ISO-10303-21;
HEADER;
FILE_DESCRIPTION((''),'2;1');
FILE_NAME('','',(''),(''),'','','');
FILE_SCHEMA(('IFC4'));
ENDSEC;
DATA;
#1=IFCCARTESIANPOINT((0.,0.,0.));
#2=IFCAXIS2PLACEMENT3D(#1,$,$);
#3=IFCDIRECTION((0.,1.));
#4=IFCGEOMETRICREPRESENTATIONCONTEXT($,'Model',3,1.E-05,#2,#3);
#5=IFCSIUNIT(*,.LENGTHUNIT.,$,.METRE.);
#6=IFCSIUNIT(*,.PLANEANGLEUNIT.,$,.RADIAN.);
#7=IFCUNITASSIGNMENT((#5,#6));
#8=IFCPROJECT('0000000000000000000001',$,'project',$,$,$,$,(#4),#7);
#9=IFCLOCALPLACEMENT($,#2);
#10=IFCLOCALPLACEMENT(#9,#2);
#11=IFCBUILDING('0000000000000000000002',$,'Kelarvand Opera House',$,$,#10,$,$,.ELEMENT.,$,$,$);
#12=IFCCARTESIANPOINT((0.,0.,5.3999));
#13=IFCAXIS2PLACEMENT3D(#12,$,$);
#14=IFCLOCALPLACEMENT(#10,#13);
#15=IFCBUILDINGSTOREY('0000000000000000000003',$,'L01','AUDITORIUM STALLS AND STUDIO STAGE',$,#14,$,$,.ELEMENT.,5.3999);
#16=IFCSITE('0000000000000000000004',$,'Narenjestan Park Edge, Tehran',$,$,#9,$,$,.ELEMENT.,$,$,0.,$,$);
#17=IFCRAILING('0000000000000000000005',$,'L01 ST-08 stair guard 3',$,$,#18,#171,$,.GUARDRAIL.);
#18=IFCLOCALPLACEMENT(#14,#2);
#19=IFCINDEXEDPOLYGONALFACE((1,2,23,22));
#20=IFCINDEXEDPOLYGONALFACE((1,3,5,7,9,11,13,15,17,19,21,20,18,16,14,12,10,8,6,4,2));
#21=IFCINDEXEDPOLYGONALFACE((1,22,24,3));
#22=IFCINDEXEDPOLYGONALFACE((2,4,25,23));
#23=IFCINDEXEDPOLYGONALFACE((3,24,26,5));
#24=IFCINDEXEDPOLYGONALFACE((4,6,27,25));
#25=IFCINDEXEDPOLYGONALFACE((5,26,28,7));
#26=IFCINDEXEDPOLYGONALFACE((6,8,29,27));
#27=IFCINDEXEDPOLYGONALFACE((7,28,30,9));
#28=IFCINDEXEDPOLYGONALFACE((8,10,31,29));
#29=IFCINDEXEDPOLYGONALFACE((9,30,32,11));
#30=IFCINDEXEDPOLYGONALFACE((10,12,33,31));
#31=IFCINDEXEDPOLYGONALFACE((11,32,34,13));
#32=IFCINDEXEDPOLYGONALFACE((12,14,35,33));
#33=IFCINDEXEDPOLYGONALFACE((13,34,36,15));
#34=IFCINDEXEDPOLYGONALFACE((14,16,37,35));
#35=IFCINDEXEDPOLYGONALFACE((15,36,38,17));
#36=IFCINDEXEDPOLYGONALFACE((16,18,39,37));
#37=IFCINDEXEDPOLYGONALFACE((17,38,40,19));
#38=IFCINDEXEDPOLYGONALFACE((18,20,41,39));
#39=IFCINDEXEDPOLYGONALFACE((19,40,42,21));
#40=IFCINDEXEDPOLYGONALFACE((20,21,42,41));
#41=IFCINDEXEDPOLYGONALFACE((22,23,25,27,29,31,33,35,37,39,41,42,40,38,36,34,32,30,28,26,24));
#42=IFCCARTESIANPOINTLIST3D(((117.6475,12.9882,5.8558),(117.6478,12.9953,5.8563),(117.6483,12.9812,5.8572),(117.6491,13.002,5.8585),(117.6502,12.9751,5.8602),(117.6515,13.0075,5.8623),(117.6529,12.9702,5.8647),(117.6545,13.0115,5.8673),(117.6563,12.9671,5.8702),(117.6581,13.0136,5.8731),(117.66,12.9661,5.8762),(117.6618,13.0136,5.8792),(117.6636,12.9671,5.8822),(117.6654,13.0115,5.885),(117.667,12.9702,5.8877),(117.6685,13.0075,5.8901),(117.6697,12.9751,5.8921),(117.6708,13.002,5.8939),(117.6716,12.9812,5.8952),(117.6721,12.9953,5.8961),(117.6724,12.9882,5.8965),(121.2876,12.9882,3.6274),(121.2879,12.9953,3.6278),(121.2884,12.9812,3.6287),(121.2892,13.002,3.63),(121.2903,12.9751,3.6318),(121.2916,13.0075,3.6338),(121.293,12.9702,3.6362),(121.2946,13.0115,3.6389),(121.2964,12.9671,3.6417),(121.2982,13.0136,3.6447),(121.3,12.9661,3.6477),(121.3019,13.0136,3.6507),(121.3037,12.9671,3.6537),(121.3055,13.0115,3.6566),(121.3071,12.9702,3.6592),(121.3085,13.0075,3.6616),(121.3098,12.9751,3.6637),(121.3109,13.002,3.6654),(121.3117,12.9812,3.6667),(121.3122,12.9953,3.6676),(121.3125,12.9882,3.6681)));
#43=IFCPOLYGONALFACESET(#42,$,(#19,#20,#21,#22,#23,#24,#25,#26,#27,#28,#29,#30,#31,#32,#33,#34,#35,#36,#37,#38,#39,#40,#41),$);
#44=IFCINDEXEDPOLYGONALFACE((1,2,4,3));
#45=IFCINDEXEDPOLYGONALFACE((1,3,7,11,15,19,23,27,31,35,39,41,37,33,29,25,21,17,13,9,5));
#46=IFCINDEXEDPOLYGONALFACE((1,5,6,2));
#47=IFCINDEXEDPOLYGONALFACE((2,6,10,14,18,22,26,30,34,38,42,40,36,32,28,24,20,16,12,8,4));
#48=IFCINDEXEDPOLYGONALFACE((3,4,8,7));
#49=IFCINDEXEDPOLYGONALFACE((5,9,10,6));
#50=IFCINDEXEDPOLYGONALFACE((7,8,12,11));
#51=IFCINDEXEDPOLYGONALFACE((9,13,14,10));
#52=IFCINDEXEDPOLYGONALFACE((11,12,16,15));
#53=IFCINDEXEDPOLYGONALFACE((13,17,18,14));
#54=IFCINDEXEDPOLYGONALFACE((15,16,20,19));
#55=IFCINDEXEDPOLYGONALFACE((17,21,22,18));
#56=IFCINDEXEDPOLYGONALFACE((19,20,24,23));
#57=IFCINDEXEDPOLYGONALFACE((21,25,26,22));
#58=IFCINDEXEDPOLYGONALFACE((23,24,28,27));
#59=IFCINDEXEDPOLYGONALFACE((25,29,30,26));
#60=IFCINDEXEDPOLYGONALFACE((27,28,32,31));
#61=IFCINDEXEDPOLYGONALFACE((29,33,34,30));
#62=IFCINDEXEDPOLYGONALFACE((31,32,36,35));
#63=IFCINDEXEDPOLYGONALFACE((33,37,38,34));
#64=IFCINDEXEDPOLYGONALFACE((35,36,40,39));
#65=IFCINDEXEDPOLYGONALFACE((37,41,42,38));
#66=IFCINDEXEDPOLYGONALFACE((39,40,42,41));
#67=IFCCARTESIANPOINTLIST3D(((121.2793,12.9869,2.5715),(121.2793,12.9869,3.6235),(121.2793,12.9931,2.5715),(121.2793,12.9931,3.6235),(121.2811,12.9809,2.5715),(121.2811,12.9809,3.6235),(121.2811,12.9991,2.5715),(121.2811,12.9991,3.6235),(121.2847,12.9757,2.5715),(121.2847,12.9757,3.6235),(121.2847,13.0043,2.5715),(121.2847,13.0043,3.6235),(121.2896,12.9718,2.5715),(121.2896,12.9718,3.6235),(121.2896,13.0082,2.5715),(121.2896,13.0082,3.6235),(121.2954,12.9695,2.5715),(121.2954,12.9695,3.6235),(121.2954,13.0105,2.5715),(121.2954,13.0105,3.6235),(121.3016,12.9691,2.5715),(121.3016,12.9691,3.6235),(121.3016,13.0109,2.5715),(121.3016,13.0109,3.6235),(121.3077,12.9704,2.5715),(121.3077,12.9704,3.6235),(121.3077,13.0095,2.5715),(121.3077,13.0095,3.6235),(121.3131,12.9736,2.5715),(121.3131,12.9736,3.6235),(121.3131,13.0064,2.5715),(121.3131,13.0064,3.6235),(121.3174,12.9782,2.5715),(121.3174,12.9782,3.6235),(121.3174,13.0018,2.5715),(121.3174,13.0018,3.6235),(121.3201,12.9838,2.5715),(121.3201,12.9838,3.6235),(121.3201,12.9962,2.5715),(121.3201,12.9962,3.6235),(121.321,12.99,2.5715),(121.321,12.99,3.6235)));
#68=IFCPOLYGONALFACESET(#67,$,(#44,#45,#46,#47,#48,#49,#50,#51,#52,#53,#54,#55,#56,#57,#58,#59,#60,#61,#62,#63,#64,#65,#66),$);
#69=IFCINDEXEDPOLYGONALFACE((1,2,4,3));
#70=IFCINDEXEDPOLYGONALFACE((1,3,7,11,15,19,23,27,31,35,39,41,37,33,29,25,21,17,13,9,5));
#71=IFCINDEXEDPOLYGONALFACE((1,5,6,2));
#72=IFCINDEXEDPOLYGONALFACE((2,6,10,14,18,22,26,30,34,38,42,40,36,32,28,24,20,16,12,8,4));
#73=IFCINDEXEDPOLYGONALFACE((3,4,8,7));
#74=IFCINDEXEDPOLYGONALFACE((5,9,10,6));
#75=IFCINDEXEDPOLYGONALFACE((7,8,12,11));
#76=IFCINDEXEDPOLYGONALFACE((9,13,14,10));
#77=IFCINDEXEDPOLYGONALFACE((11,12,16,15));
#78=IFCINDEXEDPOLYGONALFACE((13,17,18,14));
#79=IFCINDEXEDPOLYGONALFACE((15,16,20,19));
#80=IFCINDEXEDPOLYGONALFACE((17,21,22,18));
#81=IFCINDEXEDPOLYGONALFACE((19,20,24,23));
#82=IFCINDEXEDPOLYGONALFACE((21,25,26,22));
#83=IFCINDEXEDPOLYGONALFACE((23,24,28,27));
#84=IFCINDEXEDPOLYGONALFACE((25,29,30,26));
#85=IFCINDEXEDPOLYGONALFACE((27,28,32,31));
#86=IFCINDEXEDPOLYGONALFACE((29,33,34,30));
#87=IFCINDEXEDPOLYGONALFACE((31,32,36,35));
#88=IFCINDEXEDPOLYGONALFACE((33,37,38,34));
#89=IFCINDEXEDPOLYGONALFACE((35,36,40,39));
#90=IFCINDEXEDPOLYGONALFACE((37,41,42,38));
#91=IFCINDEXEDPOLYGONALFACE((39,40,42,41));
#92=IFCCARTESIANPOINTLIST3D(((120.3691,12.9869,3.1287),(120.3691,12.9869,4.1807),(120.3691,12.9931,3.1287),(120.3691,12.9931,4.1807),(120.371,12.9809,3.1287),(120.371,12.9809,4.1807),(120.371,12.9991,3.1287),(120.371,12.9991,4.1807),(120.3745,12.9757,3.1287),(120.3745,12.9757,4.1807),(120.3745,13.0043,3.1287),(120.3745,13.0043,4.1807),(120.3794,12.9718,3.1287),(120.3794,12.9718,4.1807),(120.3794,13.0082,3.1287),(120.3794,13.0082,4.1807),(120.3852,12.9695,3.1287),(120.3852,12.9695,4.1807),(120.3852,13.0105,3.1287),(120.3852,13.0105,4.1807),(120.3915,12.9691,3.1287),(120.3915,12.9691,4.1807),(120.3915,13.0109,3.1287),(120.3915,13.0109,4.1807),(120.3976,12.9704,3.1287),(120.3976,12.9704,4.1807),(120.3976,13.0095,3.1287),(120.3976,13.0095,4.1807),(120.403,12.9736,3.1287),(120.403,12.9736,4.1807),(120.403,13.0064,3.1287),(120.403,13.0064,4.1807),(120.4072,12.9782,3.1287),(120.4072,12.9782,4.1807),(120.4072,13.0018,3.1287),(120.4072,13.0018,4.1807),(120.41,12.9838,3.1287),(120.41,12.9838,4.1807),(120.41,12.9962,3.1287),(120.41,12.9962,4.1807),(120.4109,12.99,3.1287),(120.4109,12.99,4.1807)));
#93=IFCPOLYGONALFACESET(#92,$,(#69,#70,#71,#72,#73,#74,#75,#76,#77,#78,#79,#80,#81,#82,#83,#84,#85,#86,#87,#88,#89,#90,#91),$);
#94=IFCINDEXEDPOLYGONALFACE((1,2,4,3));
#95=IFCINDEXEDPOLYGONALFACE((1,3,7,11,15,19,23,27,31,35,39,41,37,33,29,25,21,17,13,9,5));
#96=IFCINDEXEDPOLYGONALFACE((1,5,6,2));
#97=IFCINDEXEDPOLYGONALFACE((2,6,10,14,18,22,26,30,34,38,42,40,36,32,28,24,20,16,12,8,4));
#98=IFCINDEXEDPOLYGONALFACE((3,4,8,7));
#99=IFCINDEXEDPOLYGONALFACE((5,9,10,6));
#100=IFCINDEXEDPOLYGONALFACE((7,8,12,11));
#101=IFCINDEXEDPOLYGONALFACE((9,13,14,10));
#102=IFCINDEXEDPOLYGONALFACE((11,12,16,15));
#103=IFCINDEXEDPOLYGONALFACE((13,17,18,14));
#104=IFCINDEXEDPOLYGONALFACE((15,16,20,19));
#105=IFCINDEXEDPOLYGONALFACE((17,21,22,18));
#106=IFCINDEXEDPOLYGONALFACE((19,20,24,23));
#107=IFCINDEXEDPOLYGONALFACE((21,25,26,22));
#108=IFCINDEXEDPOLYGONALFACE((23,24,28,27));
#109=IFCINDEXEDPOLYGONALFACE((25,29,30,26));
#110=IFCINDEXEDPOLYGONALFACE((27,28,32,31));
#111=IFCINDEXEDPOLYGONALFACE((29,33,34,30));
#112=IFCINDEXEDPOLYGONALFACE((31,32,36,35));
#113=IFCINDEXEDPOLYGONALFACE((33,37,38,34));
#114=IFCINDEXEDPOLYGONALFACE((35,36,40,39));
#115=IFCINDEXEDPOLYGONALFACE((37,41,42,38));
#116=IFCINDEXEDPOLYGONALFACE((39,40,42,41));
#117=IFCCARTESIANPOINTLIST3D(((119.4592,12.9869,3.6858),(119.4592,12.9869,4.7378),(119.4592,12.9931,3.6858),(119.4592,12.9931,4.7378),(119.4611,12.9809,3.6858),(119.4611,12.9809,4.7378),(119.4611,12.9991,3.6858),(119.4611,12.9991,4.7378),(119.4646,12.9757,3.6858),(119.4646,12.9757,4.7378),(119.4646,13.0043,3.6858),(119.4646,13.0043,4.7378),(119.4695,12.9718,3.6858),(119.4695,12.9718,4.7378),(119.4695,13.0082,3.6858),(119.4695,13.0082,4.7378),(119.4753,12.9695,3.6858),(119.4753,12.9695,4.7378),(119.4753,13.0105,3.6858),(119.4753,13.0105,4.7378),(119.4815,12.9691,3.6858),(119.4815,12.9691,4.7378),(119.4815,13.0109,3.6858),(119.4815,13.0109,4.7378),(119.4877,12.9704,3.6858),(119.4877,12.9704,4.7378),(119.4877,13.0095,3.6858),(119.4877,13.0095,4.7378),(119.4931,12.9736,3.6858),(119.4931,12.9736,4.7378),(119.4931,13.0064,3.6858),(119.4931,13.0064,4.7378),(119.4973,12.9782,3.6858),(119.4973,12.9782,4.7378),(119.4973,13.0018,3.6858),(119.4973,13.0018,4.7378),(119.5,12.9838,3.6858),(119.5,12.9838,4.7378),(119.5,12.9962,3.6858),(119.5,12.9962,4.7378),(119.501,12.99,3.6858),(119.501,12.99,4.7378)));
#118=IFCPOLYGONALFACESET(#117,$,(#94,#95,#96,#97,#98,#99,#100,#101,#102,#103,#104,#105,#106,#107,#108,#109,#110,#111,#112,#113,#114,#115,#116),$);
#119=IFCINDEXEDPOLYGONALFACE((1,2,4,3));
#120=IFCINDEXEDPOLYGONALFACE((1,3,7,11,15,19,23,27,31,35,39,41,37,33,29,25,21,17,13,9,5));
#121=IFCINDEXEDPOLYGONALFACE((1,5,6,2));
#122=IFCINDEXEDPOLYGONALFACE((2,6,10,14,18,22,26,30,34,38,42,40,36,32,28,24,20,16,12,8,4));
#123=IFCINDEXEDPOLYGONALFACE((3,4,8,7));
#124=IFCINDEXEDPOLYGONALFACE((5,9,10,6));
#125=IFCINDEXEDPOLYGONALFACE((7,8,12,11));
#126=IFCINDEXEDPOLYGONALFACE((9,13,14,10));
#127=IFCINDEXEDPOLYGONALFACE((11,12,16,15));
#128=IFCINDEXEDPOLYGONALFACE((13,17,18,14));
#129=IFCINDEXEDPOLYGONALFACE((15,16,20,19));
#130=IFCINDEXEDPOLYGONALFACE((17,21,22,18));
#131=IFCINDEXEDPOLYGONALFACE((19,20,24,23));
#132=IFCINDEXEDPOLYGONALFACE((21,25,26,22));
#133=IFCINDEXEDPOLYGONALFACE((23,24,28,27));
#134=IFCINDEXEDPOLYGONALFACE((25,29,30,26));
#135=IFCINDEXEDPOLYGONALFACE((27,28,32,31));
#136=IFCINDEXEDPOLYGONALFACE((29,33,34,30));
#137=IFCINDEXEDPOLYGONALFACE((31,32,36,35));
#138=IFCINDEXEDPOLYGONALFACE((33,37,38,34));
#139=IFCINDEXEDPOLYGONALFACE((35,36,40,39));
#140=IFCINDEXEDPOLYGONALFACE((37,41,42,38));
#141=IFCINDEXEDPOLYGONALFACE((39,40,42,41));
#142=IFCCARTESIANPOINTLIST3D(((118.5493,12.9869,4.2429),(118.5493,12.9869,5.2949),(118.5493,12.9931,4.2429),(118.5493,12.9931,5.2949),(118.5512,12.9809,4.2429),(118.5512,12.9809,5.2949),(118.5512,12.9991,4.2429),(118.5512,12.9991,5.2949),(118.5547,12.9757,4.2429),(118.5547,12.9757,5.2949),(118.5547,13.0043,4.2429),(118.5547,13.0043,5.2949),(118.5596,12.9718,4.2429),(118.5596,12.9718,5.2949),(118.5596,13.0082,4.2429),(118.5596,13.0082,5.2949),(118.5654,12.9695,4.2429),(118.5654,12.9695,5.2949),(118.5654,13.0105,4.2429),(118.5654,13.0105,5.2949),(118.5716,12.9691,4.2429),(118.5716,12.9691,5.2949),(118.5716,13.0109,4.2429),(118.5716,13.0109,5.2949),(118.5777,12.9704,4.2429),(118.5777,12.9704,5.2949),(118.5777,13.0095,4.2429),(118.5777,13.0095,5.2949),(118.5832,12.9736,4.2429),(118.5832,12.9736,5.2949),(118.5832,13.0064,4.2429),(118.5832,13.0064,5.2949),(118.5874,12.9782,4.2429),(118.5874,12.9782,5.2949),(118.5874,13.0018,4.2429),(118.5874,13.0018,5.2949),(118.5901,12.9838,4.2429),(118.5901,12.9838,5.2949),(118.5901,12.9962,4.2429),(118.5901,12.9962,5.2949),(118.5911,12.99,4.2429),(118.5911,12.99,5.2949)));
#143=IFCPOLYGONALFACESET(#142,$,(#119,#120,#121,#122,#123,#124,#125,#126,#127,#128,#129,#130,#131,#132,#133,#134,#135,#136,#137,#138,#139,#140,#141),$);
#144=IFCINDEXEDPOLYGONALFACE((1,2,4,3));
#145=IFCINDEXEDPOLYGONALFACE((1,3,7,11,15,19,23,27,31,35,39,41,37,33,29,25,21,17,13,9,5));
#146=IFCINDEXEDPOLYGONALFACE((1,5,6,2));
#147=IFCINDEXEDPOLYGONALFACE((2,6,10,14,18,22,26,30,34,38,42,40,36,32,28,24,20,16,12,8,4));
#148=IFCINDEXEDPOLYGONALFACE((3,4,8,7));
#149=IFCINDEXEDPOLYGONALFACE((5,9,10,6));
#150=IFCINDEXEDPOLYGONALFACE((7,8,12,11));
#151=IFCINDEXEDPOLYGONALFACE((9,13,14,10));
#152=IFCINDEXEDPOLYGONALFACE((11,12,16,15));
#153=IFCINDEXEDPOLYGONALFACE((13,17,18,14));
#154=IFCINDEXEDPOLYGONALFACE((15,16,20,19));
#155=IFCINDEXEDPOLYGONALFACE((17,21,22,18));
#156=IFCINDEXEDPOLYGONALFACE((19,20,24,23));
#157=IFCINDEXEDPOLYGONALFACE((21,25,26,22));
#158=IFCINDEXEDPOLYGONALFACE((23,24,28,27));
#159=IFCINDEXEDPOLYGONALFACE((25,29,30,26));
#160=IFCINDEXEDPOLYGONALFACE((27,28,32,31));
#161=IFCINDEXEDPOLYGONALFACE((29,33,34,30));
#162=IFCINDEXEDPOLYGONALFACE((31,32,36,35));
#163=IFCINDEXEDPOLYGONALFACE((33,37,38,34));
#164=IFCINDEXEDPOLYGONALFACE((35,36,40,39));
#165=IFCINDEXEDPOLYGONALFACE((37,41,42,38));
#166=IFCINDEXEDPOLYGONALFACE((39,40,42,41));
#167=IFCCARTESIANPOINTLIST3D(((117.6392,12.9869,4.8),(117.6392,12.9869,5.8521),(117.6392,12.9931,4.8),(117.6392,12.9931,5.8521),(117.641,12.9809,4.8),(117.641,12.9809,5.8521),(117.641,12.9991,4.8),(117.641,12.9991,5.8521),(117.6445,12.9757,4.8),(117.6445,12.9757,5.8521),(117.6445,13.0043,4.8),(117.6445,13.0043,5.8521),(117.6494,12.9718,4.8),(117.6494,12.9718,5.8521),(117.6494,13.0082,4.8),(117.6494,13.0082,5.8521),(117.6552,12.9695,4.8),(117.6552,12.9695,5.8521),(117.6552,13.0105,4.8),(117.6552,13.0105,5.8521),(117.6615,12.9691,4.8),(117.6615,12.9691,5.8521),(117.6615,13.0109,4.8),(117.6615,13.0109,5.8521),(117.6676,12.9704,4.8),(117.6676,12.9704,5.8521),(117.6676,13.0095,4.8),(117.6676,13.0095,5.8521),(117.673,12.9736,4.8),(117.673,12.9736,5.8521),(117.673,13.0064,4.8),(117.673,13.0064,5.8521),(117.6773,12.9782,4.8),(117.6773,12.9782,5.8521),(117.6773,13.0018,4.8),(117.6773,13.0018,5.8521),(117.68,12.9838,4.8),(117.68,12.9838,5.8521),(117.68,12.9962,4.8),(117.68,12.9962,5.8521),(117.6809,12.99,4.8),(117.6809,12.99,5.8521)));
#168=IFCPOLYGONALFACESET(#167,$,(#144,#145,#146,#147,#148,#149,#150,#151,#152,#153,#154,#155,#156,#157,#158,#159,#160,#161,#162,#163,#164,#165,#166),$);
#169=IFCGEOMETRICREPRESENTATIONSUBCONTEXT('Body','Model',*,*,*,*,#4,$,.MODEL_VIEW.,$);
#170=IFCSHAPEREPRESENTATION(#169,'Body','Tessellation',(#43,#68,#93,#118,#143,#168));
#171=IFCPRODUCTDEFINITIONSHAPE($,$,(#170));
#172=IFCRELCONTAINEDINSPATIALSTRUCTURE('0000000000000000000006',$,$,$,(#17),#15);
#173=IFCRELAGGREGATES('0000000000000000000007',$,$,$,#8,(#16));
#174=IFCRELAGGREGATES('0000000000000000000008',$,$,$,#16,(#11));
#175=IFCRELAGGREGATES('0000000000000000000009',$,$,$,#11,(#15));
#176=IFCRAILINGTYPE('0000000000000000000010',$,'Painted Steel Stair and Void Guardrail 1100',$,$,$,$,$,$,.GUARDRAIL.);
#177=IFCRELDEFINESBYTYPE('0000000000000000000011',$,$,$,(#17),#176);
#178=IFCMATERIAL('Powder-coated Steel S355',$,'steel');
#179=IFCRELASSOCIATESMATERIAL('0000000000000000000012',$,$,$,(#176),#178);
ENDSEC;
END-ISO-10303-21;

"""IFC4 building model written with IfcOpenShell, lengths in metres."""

from ifc_helpers import new_model, si_unit, direction, frame, origin, origin_2d, place, context, subcontext, project, spatial, circle, extrude, material, type_object, element, save


model = new_model("IFC4")

# Units and contexts
model_context = context("Model", 3, precision=1e-05, world=origin(), true_north=direction((0.0, 1.0)))
body_context = subcontext(model_context, "Body", "Model", "MODEL_VIEW")
ifc_project = project(units=[si_unit("LENGTHUNIT", "METRE"), si_unit("PLANEANGLEUNIT", "RADIAN")], contexts=[model_context])

# Site, building, storey
site_placement = place(None, origin())
site = spatial("IfcSite", under=ifc_project, at=site_placement, Name="Narenjestan Park Edge, Tehran", CompositionType="ELEMENT", RefElevation=0.0)
building_placement = place(site_placement, origin())
building = spatial("IfcBuilding", under=site, at=building_placement, Name="Kelarvand Opera House", CompositionType="ELEMENT")
storey_placement = place(building_placement, frame((0.0, 0.0, 5.3999)))
storey = spatial("IfcBuildingStorey", under=building, at=storey_placement, Name="L01", Description="AUDITORIUM STALLS AND STUDIO STAGE", CompositionType="ELEMENT", Elevation=5.3999)

# Railing
ifc_material_1 = material(Name="Powder-coated Steel S355", Category="steel")
railing_type_1 = type_object("IfcRailingType", Name="Painted Steel Stair and Void Guardrail 1100", PredefinedType="GUARDRAIL", material=ifc_material_1)
railing_1_placement = place(storey_placement, frame((121.3, 12.99, 2.5715)))
element("IfcRailing", 1, at=railing_1_placement, inside=storey, type_object=railing_type_1, Name="L01 ST-08 stair guard 3", PredefinedType="GUARDRAIL", context=body_context, shape_type="SweptSolid", body=[
    extrude(circle(Radius=0.0239, at=origin_2d()), frame((0.0, 0.0, 1.0762), z_axis=(-0.852866, 0.0, 0.52213), x_axis=(0.0, -1.0, 0.0)), (0.0, 0.0, 1.0), 4.2681),
    extrude(circle(Radius=0.021, at=origin_2d()), origin(), (0.0, 0.0, 1.0), 1.052),
    extrude(circle(Radius=0.021, at=origin_2d()), frame((-0.9102, 0.0, 0.5571)), (0.0, 0.0, 1.0), 1.052),
    extrude(circle(Radius=0.021, at=origin_2d()), frame((-1.8201, 0.0, 1.1143)), (0.0, 0.0, 1.0), 1.052),
    extrude(circle(Radius=0.021, at=origin_2d()), frame((-2.73, 0.0, 1.6714)), (0.0, 0.0, 1.0), 1.052),
    extrude(circle(Radius=0.021, at=origin_2d()), frame((-3.6401, 0.0, 2.2285)), (0.0, 0.0, 1.0), 1.052),
])

save(model, "model.ifc")
